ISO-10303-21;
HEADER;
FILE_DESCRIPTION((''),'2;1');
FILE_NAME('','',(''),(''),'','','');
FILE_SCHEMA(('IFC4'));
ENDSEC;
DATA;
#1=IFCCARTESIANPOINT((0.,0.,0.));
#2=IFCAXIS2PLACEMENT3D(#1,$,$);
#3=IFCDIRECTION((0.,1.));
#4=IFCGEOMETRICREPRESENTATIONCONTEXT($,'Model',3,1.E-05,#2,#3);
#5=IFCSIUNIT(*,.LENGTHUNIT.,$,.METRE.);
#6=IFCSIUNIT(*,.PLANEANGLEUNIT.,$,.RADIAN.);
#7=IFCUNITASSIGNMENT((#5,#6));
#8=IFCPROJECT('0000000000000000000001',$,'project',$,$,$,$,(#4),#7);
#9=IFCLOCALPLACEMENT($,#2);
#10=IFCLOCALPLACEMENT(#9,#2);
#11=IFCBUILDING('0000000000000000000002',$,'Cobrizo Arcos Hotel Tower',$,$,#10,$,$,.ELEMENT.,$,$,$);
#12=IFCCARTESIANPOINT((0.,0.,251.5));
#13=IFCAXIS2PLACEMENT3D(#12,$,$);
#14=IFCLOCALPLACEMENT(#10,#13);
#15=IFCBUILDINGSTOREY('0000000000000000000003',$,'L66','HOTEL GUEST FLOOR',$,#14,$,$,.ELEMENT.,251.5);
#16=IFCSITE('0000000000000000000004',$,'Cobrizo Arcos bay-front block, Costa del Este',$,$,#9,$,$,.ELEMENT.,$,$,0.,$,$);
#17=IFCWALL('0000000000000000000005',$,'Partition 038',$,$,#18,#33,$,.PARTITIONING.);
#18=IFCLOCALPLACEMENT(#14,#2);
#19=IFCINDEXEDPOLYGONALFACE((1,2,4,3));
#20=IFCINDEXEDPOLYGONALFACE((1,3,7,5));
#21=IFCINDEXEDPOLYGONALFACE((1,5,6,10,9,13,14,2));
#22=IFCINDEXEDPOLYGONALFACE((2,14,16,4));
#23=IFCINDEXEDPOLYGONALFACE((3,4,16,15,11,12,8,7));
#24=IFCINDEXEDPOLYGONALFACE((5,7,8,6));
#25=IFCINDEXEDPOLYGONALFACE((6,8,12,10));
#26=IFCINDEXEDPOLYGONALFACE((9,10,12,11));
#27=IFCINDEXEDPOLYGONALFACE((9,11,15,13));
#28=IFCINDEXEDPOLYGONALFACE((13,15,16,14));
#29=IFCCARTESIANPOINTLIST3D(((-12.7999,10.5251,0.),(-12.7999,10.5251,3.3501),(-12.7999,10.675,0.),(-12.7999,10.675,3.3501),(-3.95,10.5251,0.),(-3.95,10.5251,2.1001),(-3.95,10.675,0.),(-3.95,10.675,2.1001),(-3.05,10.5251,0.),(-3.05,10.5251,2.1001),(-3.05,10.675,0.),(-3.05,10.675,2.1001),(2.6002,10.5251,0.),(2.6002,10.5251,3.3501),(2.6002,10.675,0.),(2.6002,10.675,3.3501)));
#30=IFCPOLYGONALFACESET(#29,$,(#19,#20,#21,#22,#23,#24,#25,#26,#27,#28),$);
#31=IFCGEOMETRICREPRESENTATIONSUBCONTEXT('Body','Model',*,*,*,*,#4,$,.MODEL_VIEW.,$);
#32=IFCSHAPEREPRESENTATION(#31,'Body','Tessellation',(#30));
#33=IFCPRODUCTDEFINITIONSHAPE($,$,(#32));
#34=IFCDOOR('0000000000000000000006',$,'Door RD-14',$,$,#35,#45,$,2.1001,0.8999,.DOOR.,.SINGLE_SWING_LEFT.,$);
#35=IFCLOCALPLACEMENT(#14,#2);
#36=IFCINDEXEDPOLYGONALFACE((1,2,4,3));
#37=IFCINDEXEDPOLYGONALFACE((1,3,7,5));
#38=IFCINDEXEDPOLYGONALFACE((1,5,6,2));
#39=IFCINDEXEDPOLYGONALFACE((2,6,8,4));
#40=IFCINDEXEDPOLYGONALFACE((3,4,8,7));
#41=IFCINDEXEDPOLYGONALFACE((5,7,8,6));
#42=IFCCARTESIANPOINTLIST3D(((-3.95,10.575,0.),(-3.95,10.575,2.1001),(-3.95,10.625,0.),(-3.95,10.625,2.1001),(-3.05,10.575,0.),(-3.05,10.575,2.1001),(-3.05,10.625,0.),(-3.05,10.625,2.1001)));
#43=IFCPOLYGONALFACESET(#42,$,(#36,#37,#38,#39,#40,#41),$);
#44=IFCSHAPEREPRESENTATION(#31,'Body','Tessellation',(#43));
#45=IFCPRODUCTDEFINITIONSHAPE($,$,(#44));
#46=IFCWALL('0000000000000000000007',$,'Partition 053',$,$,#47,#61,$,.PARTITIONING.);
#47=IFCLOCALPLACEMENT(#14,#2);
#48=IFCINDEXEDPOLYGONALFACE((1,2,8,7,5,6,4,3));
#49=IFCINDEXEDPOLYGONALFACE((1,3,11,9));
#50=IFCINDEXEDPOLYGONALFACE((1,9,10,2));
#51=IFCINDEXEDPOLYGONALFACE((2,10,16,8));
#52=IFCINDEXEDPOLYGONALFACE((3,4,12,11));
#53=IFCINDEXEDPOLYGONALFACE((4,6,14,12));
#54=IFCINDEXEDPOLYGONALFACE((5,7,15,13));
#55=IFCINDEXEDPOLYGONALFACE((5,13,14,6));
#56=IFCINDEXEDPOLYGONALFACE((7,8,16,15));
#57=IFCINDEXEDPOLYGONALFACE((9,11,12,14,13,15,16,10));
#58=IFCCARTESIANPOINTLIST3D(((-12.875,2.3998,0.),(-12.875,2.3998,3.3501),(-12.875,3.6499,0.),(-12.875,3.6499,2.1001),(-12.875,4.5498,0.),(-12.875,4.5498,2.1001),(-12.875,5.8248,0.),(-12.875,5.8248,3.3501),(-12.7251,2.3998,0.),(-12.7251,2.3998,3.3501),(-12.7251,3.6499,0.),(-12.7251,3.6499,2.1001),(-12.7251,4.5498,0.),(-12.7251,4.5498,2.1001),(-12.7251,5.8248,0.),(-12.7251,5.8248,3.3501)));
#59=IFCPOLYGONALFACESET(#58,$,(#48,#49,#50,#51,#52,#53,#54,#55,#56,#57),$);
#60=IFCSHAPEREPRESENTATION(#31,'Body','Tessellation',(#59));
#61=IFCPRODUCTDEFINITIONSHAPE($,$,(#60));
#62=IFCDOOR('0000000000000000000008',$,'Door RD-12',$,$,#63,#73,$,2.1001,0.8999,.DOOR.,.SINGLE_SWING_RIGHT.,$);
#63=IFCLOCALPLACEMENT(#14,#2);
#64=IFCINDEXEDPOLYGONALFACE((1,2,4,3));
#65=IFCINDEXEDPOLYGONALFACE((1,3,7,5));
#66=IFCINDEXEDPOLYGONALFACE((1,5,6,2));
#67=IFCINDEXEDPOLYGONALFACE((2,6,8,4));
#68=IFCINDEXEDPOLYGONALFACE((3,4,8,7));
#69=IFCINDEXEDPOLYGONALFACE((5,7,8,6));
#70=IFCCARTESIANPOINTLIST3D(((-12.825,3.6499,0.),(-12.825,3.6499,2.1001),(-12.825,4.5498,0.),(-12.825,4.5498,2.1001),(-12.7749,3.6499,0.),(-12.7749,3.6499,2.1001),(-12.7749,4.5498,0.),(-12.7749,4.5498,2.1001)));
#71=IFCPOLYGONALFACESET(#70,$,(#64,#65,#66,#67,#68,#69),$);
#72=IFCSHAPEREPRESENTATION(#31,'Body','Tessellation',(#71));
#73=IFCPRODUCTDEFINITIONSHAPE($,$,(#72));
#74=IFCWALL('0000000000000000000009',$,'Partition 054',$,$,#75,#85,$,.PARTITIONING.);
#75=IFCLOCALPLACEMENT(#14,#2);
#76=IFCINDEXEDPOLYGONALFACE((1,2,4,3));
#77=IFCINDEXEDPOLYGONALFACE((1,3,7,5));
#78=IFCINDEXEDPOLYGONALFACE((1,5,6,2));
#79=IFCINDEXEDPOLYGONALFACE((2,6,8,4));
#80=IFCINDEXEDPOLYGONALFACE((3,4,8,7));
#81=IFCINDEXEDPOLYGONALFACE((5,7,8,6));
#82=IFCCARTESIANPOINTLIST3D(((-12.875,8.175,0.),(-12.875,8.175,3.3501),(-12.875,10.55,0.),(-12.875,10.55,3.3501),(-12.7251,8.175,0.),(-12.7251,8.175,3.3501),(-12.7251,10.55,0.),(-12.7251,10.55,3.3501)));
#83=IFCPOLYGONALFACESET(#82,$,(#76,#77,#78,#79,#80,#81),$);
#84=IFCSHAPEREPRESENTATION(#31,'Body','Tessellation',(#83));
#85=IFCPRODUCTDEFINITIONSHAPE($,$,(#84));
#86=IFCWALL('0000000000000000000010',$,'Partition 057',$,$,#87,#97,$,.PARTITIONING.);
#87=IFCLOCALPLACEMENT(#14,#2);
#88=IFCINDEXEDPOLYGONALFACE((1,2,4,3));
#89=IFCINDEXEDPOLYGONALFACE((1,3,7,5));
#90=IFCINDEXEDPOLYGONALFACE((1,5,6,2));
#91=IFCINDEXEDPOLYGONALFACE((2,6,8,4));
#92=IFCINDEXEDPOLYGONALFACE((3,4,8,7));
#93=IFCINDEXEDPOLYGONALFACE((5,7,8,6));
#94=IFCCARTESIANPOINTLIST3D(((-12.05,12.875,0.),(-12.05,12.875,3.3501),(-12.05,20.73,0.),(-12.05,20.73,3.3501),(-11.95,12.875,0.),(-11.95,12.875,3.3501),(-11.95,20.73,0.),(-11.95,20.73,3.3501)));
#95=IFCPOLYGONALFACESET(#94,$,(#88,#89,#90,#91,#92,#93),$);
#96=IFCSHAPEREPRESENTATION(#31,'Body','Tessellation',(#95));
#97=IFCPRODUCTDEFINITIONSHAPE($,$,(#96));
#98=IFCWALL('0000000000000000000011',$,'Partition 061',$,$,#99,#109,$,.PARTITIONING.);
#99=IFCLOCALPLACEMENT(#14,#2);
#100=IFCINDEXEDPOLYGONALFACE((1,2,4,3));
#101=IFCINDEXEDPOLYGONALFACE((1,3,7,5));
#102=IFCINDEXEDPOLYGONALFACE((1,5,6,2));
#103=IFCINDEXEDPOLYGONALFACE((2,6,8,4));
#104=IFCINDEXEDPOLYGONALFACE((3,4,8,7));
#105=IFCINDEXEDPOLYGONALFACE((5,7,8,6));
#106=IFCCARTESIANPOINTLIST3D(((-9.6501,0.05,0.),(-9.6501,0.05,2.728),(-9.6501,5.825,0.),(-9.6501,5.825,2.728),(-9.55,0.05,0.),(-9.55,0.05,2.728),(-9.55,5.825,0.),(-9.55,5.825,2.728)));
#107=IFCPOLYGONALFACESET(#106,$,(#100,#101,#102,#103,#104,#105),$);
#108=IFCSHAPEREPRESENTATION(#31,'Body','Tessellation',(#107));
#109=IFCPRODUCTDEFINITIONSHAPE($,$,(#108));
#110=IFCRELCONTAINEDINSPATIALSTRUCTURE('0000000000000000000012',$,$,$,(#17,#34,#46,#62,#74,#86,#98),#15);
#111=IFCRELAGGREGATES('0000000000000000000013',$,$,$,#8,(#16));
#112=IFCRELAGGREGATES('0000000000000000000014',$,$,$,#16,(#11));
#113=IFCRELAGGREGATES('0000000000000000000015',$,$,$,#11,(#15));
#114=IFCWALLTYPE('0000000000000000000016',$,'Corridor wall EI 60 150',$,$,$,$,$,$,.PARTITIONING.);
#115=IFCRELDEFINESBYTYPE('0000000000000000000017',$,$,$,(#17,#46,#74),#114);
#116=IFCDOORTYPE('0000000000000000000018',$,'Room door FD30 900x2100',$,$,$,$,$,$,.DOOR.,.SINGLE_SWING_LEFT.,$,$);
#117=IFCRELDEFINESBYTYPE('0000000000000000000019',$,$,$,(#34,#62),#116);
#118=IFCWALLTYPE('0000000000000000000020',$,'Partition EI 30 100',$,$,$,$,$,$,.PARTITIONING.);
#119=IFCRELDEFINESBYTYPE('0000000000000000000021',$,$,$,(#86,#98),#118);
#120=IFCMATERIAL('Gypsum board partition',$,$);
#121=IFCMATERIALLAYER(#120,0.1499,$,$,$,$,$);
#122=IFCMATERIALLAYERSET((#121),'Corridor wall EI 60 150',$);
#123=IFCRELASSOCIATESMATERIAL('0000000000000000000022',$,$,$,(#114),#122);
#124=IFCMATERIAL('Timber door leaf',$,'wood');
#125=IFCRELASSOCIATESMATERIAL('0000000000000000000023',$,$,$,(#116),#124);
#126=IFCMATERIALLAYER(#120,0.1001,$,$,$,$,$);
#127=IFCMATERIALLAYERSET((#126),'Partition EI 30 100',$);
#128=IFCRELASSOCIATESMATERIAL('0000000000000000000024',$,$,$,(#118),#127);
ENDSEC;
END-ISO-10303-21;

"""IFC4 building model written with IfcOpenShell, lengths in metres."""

from ifc_helpers import new_model, si_unit, direction, frame, frame_2d, origin, place, context, subcontext, project, spatial, rectangle, extrude, material, layer, layer_set, type_object, element, fill, save


model = new_model("IFC4")

# Units and contexts
model_context = context("Model", 3, precision=1e-05, world=origin(), true_north=direction((0.0, 1.0)))
body_context = subcontext(model_context, "Body", "Model", "MODEL_VIEW")
ifc_project = project(units=[si_unit("LENGTHUNIT", "METRE"), si_unit("PLANEANGLEUNIT", "RADIAN")], contexts=[model_context])

# Site, building, storey
site_placement = place(None, origin())
site = spatial("IfcSite", under=ifc_project, at=site_placement, Name="Cobrizo Arcos bay-front block, Costa del Este", CompositionType="ELEMENT", RefElevation=0.0)
building_placement = place(site_placement, origin())
building = spatial("IfcBuilding", under=site, at=building_placement, Name="Cobrizo Arcos Hotel Tower", CompositionType="ELEMENT")
storey_placement = place(building_placement, frame((0.0, 0.0, 251.5)))
storey = spatial("IfcBuildingStorey", under=building, at=storey_placement, Name="L66", Description="HOTEL GUEST FLOOR", CompositionType="ELEMENT", Elevation=251.5)

# Shared definitions
ifc_material_1 = material(Name="Gypsum board partition")
ifc_layer_1 = layer(ifc_material_1, 0.1499)
ifc_layer_set_1 = layer_set([ifc_layer_1], Name="Corridor wall EI 60 150")
wall_type_1 = type_object("IfcWallType", Name="Corridor wall EI 60 150", PredefinedType="PARTITIONING", material=ifc_layer_set_1)
ifc_material_2 = material(Name="Timber door leaf", Category="wood")
door_type = type_object("IfcDoorType", Name="Room door FD30 900x2100", OperationType="SINGLE_SWING_LEFT", PredefinedType="DOOR", material=ifc_material_2)

# Walls, openings, doors
wall_1_placement = place(storey_placement, frame((-12.8, 10.6001, 0.0), z_axis=(0.0, 0.0, 1.0), x_axis=(1.0, 0.0, 0.0)))
wall_1 = element("IfcWall", 1, at=wall_1_placement, inside=storey, type_object=wall_type_1, Name="Partition 038", PredefinedType="PARTITIONING", context=body_context, shape_type="SweptSolid", body=[
    extrude(rectangle(XDim=15.4001, YDim=0.1499, at=frame_2d((7.7002, 0.0))), origin(), (0.0, 0.0, 1.0), 3.3501),
])
opening_1_placement = place(wall_1_placement, frame((8.8501, 0.0, 0.0)))
opening_1 = element("IfcOpeningElement", 2, at=opening_1_placement, cuts=wall_1, PredefinedType="OPENING", context=body_context, shape_type="SweptSolid", body=[
    extrude(rectangle(XDim=0.8999, YDim=2.1001, at=frame_2d((0.45, 1.05))), frame((0.0, 0.0869, 0.0), z_axis=(0.0, -1.0, 0.0), x_axis=(1.0, 0.0, 0.0)), (0.0, 0.0, 1.0), 0.1738),
])
door_1_placement = place(opening_1_placement, origin())
door_1 = element("IfcDoor", 3, at=door_1_placement, inside=storey, type_object=door_type, Name="Door RD-14", OperationType="SINGLE_SWING_LEFT", OverallHeight=2.1001, OverallWidth=0.8999, PredefinedType="DOOR", context=body_context, shape_type="SweptSolid", body=[
    extrude(rectangle(XDim=0.8999, YDim=2.1001, at=frame_2d((0.45, 1.05))), frame((0.0, 0.0249, 0.0), z_axis=(0.0, -1.0, 0.0), x_axis=(1.0, 0.0, 0.0)), (0.0, 0.0, 1.0), 0.05),
])
fill(opening_1, door_1)
wall_2_placement = place(storey_placement, frame((-12.8, 2.3999, 0.0), z_axis=(0.0, 0.0, 1.0), x_axis=(0.0, 1.0, 0.0)))
wall_2 = element("IfcWall", 4, at=wall_2_placement, inside=storey, type_object=wall_type_1, Name="Partition 053", PredefinedType="PARTITIONING", context=body_context, shape_type="SweptSolid", body=[
    extrude(rectangle(XDim=3.425, YDim=0.1499, at=frame_2d((1.7124, 0.0))), origin(), (0.0, 0.0, 1.0), 3.3501),
])
opening_2_placement = place(wall_2_placement, frame((1.25, 0.0, 0.0)))
opening_2 = element("IfcOpeningElement", 5, at=opening_2_placement, cuts=wall_2, PredefinedType="OPENING", context=body_context, shape_type="SweptSolid", body=[
    extrude(rectangle(XDim=0.8999, YDim=2.1001, at=frame_2d((0.45, 1.05))), frame((0.0, 0.0869, 0.0), z_axis=(0.0, -1.0, 0.0), x_axis=(1.0, 0.0, 0.0)), (0.0, 0.0, 1.0), 0.1738),
])
door_2_placement = place(opening_2_placement, origin())
door_2 = element("IfcDoor", 6, at=door_2_placement, inside=storey, type_object=door_type, Name="Door RD-12", OperationType="SINGLE_SWING_RIGHT", OverallHeight=2.1001, OverallWidth=0.8999, PredefinedType="DOOR", context=body_context, shape_type="SweptSolid", body=[
    extrude(rectangle(XDim=0.8999, YDim=2.1001, at=frame_2d((0.45, 1.05))), frame((0.0, 0.0249, 0.0), z_axis=(0.0, -1.0, 0.0), x_axis=(1.0, 0.0, 0.0)), (0.0, 0.0, 1.0), 0.05),
])
fill(opening_2, door_2)

# Walls
wall_3_placement = place(storey_placement, frame((-12.8, 8.175, 0.0), z_axis=(0.0, 0.0, 1.0), x_axis=(0.0, 1.0, 0.0)))
element("IfcWall", 7, at=wall_3_placement, inside=storey, type_object=wall_type_1, Name="Partition 054", PredefinedType="PARTITIONING", context=body_context, shape_type="SweptSolid", body=[
    extrude(rectangle(XDim=2.375, YDim=0.1499, at=frame_2d((1.1875, 0.0))), origin(), (0.0, 0.0, 1.0), 3.3501),
])
ifc_layer_2 = layer(ifc_material_1, 0.1001)
ifc_layer_set_2 = layer_set([ifc_layer_2], Name="Partition EI 30 100")
wall_type_2 = type_object("IfcWallType", Name="Partition EI 30 100", PredefinedType="PARTITIONING", material=ifc_layer_set_2)
wall_4_placement = place(storey_placement, frame((-12.0, 12.875, 0.0), z_axis=(0.0, 0.0, 1.0), x_axis=(0.0, 1.0, 0.0)))
element("IfcWall", 8, at=wall_4_placement, inside=storey, type_object=wall_type_2, Name="Partition 057", PredefinedType="PARTITIONING", context=body_context, shape_type="SweptSolid", body=[
    extrude(rectangle(XDim=7.855, YDim=0.1001, at=frame_2d((3.9275, 0.0))), origin(), (0.0, 0.0, 1.0), 3.3501),
])
wall_5_placement = place(storey_placement, frame((-9.6001, 0.05, 0.0), z_axis=(0.0, 0.0, 1.0), x_axis=(0.0, 1.0, 0.0)))
element("IfcWall", 9, at=wall_5_placement, inside=storey, type_object=wall_type_2, Name="Partition 061", PredefinedType="PARTITIONING", context=body_context, shape_type="SweptSolid", body=[
    extrude(rectangle(XDim=5.7749, YDim=0.1001, at=frame_2d((2.8875, 0.0))), origin(), (0.0, 0.0, 1.0), 2.728),
])

save(model, "model.ifc")
